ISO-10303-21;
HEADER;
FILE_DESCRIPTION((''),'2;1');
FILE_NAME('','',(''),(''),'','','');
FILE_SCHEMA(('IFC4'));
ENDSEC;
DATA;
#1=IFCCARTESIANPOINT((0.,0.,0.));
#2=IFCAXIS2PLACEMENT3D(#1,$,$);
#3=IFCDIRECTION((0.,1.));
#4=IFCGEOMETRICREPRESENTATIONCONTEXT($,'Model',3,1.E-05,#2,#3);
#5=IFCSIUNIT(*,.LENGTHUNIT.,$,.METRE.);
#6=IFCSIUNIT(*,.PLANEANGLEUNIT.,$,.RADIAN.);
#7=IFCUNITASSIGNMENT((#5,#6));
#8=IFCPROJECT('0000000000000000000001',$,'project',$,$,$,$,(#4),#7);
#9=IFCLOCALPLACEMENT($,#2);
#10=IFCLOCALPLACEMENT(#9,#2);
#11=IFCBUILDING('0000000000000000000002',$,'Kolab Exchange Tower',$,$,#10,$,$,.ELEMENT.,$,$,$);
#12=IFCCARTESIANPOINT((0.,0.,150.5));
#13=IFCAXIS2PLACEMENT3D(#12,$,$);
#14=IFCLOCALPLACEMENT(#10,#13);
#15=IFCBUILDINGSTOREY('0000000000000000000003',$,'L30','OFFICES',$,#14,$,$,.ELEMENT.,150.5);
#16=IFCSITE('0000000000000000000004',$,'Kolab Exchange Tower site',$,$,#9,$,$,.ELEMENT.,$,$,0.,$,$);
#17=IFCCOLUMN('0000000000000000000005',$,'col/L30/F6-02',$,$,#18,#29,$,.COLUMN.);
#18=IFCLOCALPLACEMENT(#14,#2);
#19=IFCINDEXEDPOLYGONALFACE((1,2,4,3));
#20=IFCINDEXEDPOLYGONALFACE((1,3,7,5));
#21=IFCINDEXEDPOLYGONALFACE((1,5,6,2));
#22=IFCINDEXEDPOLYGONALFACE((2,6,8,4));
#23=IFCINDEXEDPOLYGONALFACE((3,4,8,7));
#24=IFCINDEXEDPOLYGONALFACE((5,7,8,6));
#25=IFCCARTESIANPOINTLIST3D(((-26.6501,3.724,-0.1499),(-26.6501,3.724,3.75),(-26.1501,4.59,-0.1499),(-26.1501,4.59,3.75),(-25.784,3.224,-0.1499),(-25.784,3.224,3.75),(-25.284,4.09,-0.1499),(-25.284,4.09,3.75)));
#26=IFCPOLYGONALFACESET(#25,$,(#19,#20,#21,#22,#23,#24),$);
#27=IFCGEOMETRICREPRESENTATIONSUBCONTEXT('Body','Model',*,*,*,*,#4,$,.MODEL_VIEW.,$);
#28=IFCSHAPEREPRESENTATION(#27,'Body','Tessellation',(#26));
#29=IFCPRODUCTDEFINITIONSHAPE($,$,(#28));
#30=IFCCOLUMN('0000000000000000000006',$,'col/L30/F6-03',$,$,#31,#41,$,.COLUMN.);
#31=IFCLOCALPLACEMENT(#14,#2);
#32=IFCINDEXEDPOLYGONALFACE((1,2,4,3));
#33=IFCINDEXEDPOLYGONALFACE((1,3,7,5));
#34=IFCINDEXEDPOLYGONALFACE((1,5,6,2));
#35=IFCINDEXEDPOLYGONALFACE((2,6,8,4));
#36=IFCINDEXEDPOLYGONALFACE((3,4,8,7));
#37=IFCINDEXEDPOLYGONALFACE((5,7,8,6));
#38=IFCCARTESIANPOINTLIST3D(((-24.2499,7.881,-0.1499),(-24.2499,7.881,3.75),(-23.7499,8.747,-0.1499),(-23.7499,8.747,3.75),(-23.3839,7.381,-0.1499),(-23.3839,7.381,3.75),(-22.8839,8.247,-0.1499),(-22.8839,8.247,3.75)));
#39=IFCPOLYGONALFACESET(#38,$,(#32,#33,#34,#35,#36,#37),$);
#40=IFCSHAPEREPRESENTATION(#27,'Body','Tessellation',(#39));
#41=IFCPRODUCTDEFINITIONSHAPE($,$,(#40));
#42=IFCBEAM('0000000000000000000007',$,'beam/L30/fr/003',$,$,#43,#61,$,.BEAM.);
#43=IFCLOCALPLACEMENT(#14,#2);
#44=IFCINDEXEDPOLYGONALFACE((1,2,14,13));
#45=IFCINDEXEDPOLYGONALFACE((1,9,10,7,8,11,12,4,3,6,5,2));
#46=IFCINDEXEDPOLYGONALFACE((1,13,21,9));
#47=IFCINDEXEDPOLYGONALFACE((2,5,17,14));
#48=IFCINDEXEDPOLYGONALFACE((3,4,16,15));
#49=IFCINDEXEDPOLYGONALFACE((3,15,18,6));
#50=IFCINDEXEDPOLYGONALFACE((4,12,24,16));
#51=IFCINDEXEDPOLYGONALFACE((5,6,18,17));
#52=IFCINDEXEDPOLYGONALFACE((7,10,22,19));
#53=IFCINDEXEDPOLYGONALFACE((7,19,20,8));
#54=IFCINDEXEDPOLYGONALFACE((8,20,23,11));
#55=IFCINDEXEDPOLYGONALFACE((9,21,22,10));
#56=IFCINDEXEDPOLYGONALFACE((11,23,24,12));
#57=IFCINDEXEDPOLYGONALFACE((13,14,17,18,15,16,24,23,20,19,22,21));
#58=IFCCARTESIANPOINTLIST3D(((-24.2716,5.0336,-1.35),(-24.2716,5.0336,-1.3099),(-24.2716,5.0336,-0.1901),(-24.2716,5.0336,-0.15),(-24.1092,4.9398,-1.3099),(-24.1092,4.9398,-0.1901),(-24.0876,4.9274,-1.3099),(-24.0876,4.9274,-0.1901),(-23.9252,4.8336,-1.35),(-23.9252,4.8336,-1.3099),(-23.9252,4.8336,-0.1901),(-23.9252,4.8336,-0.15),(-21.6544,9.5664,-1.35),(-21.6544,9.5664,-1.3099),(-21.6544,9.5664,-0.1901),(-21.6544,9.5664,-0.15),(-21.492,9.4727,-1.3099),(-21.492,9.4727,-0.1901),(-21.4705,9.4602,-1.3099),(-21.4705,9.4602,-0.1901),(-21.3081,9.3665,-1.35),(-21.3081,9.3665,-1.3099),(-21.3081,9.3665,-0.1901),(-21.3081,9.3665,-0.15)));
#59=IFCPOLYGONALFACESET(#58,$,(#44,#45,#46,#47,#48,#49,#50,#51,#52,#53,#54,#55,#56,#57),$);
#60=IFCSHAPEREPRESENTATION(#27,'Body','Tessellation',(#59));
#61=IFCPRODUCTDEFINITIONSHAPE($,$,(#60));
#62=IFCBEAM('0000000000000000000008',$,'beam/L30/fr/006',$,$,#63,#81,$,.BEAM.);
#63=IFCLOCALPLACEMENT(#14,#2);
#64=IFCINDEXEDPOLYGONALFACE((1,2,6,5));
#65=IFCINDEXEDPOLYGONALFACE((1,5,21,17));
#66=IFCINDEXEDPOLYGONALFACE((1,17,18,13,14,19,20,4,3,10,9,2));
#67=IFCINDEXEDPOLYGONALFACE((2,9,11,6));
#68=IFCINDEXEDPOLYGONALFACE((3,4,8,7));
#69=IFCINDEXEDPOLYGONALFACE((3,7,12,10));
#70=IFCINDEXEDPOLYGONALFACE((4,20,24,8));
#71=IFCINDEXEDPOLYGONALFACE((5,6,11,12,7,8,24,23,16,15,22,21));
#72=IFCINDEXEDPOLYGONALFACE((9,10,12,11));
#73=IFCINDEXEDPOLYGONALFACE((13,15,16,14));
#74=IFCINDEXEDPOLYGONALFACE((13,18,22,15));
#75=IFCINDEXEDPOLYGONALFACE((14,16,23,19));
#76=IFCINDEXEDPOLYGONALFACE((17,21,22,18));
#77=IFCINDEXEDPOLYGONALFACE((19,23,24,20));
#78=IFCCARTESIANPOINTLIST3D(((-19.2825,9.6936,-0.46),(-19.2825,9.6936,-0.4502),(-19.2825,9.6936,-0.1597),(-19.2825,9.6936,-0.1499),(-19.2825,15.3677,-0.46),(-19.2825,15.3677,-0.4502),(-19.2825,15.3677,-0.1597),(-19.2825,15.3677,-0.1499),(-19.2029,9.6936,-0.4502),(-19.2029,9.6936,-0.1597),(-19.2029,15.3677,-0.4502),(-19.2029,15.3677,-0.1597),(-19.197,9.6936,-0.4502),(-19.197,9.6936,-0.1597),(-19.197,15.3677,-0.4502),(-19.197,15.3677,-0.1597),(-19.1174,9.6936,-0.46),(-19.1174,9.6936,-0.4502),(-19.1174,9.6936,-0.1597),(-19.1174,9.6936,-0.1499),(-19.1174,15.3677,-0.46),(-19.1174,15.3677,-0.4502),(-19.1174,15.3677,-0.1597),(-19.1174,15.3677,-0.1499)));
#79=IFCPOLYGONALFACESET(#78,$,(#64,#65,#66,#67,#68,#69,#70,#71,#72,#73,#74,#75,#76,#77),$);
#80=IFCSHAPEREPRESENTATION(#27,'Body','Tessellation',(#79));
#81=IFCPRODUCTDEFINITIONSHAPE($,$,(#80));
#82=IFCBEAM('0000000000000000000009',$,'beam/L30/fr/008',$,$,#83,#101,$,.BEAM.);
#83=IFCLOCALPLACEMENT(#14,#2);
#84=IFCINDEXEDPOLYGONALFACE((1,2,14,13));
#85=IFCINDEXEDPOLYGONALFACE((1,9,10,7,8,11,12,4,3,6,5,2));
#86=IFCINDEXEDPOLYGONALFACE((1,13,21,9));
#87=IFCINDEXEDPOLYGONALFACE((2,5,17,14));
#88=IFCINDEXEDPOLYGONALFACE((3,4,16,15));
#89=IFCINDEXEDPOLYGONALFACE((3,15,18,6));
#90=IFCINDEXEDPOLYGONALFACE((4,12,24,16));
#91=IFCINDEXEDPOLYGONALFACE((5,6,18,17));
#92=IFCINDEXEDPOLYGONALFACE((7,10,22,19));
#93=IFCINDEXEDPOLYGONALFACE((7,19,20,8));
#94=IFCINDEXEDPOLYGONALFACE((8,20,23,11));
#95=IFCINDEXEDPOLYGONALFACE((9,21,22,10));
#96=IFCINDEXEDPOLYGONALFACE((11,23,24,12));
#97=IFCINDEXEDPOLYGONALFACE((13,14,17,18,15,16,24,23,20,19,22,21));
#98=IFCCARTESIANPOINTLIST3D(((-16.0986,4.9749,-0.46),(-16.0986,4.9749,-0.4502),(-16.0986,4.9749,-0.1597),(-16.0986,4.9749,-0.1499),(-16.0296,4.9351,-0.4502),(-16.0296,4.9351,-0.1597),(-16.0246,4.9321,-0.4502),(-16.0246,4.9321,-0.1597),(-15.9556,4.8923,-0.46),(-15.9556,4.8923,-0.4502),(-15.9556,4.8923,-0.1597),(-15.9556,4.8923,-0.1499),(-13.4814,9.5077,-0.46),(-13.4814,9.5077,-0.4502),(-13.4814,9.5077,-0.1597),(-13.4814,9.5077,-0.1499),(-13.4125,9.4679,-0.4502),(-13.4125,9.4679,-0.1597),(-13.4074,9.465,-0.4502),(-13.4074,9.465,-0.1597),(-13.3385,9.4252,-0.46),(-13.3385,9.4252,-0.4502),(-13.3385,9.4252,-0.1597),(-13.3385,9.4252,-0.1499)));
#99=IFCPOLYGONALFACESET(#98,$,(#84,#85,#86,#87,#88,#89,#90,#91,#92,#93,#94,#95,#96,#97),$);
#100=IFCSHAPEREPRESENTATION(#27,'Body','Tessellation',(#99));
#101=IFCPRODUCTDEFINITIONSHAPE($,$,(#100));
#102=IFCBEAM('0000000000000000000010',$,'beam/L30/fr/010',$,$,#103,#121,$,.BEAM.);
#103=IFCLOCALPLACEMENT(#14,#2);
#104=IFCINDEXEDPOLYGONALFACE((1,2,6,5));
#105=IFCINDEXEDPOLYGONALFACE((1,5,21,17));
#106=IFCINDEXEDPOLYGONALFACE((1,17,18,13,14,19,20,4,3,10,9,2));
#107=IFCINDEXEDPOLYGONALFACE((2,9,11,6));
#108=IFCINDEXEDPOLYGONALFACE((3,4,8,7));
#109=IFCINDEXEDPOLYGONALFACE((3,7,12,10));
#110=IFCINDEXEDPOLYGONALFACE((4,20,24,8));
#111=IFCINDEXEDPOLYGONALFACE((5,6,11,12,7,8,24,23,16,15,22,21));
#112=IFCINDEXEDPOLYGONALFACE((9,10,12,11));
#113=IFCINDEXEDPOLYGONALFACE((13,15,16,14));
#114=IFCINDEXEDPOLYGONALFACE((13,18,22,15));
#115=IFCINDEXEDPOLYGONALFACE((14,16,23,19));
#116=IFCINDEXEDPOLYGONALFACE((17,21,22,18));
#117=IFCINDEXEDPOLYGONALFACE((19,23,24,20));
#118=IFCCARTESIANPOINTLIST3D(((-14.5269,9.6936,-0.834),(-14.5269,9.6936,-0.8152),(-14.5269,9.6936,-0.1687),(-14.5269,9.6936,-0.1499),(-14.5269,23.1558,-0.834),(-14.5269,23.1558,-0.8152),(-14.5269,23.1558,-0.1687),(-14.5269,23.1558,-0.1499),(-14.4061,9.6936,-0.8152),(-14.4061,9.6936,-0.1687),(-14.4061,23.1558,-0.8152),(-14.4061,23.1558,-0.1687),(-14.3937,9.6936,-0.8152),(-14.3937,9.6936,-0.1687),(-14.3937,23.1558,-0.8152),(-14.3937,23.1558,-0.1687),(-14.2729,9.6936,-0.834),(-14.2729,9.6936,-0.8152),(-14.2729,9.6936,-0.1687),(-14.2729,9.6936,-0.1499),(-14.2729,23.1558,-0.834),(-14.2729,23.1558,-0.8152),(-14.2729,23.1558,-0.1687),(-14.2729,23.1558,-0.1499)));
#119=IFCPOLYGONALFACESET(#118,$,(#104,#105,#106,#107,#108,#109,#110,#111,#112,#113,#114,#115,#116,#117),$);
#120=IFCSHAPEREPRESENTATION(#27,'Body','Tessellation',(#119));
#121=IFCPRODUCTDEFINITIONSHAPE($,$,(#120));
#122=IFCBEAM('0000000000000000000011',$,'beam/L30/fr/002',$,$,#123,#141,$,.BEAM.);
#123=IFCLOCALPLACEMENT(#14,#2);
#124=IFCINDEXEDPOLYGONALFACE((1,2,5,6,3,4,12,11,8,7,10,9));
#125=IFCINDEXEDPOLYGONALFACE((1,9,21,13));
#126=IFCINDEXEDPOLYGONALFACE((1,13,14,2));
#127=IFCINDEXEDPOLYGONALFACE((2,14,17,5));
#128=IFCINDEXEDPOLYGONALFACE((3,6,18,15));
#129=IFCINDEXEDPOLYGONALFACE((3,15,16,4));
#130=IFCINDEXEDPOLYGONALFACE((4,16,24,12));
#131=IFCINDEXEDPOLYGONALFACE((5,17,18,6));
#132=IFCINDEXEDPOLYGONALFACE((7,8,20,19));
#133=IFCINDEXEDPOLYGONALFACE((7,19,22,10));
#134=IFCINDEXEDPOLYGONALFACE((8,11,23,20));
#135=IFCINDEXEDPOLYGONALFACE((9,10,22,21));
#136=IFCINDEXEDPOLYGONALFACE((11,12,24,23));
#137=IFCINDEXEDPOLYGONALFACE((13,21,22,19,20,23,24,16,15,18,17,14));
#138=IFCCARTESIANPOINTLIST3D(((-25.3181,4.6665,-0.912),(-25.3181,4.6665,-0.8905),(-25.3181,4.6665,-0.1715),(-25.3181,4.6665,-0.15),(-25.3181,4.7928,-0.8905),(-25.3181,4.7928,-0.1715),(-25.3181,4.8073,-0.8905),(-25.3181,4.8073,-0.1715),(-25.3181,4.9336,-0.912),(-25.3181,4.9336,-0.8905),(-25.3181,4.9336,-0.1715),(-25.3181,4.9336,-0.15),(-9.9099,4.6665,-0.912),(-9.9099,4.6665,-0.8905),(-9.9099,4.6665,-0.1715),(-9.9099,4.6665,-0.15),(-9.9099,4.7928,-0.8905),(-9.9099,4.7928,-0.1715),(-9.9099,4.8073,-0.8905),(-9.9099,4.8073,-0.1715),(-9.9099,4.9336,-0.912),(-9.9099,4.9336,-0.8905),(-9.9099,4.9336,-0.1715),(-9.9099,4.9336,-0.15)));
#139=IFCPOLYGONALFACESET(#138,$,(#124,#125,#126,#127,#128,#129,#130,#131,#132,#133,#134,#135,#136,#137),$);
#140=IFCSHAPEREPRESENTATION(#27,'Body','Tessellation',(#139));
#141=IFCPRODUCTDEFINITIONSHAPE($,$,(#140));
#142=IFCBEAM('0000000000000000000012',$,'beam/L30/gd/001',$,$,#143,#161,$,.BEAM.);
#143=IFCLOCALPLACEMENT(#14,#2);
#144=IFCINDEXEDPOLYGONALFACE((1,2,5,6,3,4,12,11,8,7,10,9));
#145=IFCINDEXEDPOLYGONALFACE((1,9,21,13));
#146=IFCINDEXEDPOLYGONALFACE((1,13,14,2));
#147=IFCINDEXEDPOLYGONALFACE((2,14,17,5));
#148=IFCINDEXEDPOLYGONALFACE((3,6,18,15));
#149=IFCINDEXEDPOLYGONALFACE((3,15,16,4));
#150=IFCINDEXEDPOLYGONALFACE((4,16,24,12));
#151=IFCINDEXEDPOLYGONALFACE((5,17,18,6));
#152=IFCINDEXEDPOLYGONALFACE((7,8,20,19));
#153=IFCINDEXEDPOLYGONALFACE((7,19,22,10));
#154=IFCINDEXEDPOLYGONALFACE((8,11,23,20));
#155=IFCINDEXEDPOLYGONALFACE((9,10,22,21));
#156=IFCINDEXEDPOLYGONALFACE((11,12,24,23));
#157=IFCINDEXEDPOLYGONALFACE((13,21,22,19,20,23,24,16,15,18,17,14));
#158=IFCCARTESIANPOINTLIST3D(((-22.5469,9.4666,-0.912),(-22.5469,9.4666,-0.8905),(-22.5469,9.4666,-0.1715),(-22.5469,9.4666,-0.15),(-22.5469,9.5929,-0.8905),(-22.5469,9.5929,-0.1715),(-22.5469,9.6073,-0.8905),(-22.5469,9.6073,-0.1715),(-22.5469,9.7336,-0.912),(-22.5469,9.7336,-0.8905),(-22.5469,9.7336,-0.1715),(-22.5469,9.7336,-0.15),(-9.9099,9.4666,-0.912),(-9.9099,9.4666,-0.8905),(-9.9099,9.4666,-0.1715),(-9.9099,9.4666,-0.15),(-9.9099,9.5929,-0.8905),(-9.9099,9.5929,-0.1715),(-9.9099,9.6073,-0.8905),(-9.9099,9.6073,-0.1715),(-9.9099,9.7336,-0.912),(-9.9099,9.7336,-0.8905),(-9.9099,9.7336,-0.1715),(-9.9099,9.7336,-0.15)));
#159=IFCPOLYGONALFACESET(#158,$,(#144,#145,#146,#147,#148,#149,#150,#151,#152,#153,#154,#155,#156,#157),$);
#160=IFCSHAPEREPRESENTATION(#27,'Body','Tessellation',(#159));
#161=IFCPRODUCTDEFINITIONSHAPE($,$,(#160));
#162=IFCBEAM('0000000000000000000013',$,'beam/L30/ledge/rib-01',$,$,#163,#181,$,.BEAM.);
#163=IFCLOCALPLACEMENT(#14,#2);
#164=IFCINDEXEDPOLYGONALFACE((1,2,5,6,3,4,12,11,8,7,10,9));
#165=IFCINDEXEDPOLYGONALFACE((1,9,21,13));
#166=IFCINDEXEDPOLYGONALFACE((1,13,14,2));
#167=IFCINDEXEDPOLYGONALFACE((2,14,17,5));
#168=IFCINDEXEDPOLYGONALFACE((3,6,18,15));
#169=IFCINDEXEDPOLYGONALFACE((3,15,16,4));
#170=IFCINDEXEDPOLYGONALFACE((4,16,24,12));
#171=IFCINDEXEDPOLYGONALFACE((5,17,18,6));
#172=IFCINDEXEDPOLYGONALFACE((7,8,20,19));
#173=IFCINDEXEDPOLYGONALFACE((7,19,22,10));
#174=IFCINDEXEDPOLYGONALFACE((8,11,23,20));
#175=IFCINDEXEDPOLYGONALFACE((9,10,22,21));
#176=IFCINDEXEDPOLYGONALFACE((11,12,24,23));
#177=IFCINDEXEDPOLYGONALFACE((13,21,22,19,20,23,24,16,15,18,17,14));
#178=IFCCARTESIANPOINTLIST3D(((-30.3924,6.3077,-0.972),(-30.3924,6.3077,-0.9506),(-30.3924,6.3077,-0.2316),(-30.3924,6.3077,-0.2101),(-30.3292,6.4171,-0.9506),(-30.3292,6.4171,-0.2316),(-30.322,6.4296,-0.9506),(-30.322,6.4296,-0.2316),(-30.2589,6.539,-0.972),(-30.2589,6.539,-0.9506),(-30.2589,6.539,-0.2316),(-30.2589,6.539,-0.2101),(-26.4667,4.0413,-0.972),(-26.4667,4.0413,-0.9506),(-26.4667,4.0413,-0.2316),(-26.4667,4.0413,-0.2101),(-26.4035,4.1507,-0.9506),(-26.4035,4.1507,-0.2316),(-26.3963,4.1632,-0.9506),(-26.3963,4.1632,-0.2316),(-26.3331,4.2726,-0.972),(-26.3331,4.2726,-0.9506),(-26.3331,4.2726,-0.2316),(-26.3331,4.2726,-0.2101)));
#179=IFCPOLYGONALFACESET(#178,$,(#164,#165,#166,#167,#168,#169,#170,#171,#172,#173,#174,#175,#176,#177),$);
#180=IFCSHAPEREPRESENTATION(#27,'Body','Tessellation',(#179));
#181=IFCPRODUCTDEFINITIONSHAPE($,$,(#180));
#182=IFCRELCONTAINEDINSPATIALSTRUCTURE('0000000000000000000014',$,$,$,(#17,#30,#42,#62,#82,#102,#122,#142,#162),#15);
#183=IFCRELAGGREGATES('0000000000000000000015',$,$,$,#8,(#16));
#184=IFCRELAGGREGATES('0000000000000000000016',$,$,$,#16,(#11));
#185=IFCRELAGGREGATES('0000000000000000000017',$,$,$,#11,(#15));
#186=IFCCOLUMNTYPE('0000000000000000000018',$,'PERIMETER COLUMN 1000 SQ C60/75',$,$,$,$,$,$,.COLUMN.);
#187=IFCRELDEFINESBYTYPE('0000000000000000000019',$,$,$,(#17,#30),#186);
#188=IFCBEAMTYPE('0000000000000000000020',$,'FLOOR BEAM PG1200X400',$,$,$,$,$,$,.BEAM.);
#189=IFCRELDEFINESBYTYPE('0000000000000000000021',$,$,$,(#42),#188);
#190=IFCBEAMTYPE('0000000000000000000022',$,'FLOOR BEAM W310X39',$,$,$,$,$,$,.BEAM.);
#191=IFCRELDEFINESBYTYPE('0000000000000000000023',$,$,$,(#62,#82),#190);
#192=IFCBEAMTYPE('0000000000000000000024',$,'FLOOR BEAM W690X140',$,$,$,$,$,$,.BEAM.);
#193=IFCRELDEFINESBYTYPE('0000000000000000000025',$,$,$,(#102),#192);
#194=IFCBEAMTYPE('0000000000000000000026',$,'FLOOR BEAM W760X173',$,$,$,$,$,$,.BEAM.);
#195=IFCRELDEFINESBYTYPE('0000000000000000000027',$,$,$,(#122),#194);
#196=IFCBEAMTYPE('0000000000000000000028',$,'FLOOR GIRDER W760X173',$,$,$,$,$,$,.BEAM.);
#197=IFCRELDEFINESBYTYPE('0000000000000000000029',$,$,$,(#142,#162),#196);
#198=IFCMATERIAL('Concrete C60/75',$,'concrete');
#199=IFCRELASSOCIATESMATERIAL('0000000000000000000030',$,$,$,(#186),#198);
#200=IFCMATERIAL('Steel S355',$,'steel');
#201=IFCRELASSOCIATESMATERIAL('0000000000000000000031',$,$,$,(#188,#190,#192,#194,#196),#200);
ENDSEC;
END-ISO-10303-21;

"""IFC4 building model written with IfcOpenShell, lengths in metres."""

from ifc_helpers import new_model, si_unit, direction, frame, origin, origin_2d, place, context, subcontext, project, spatial, rectangle, i_section, extrude, material, material_profile, profile_set, type_object, element, save


model = new_model("IFC4")

# Units and contexts
model_context = context("Model", 3, precision=1e-05, world=origin(), true_north=direction((0.0, 1.0)))
body_context = subcontext(model_context, "Body", "Model", "MODEL_VIEW")
ifc_project = project(units=[si_unit("LENGTHUNIT", "METRE"), si_unit("PLANEANGLEUNIT", "RADIAN")], contexts=[model_context])

# Site, building, storey
site_placement = place(None, origin())
site = spatial("IfcSite", under=ifc_project, at=site_placement, Name="Kolab Exchange Tower site", CompositionType="ELEMENT", RefElevation=0.0)
building_placement = place(site_placement, origin())
building = spatial("IfcBuilding", under=site, at=building_placement, Name="Kolab Exchange Tower", CompositionType="ELEMENT")
storey_placement = place(building_placement, frame((0.0, 0.0, 150.5)))
storey = spatial("IfcBuildingStorey", under=building, at=storey_placement, Name="L30", Description="OFFICES", CompositionType="ELEMENT", Elevation=150.5)

# Columns
ifc_material_1 = material(Name="Concrete C60/75", Category="concrete")
ifc_material_profile_1 = material_profile(ifc_material_1, rectangle(XDim=1.0, YDim=1.0, at=origin_2d()), Name="RC1000")
ifc_profile_set_1 = profile_set([ifc_material_profile_1], Name="Concrete C60/75")
column_type = type_object("IfcColumnType", Name="PERIMETER COLUMN 1000 SQ C60/75", PredefinedType="COLUMN", material=ifc_profile_set_1)
for number, where, z_axis, x_axis, name in (
    (1, (-25.967, 3.907, -0.1499), (0.0, 0.0, 1.0), (0.5, 0.866025, 0.0), "col/L30/F6-02"),
    (2, (-23.5669, 8.064, -0.1499), (0.0, 0.0, 1.0), (0.5, 0.866025, 0.0), "col/L30/F6-03"),
):
    element("IfcColumn", number, at=place(storey_placement, frame(where, z_axis=z_axis, x_axis=x_axis)), inside=storey, type_object=column_type, Name=name, PredefinedType="COLUMN", context=body_context, shape_type="SweptSolid", body=[
        extrude(rectangle(XDim=1.0, YDim=1.0, at=origin_2d()), origin(), (0.0, 0.0, 1.0), 3.8999),
    ])

# Beams
ifc_material_2 = material(Name="Steel S355", Category="steel")
ifc_material_profile_2 = material_profile(ifc_material_2, i_section(OverallWidth=0.3999, OverallDepth=1.2, WebThickness=0.0249, FlangeThickness=0.04, at=origin_2d()), Name="PG1200X400")
ifc_profile_set_2 = profile_set([ifc_material_profile_2], Name="Steel S355")
beam_type_1 = type_object("IfcBeamType", Name="FLOOR BEAM PG1200X400", PredefinedType="BEAM", material=ifc_profile_set_2)
beam_1_placement = place(storey_placement, frame((-24.0984, 4.9336, -0.75), z_axis=(0.500012, 0.866019, 0.0), x_axis=(-0.866019, 0.500012, 0.0)))
element("IfcBeam", 3, at=beam_1_placement, inside=storey, type_object=beam_type_1, Name="beam/L30/fr/003", PredefinedType="BEAM", context=body_context, shape_type="SweptSolid", body=[
    extrude(i_section(OverallWidth=0.3999, OverallDepth=1.2, WebThickness=0.0249, FlangeThickness=0.04, at=origin_2d()), origin(), (0.0, 0.0, 1.0), 5.2341),
])
ifc_material_profile_3 = material_profile(ifc_material_2, i_section(OverallWidth=0.165, OverallDepth=0.3101, WebThickness=0.0059, FlangeThickness=0.0098, at=origin_2d()), Name="W310X39")
ifc_profile_set_3 = profile_set([ifc_material_profile_3], Name="Steel S355")
beam_type_2 = type_object("IfcBeamType", Name="FLOOR BEAM W310X39", PredefinedType="BEAM", material=ifc_profile_set_3)
beam_2_placement = place(storey_placement, frame((-19.2, 9.6936, -0.3049), z_axis=(0.0, 1.0, 0.0), x_axis=(-1.0, 0.0, 0.0)))
element("IfcBeam", 4, at=beam_2_placement, inside=storey, type_object=beam_type_2, Name="beam/L30/fr/006", PredefinedType="BEAM", context=body_context, shape_type="SweptSolid", body=[
    extrude(i_section(OverallWidth=0.165, OverallDepth=0.3101, WebThickness=0.0059, FlangeThickness=0.0098, at=origin_2d()), origin(), (0.0, 0.0, 1.0), 5.6741),
])
beam_3_placement = place(storey_placement, frame((-16.0271, 4.9336, -0.3049), z_axis=(0.500012, 0.866019, 0.0), x_axis=(-0.866019, 0.500012, 0.0)))
element("IfcBeam", 5, at=beam_3_placement, inside=storey, type_object=beam_type_2, Name="beam/L30/fr/008", PredefinedType="BEAM", context=body_context, shape_type="SweptSolid", body=[
    extrude(i_section(OverallWidth=0.165, OverallDepth=0.3101, WebThickness=0.0059, FlangeThickness=0.0098, at=origin_2d()), origin(), (0.0, 0.0, 1.0), 5.2341),
])
ifc_material_profile_4 = material_profile(ifc_material_2, i_section(OverallWidth=0.2539, OverallDepth=0.6841, WebThickness=0.0125, FlangeThickness=0.0188, at=origin_2d()), Name="W690X140")
ifc_profile_set_4 = profile_set([ifc_material_profile_4], Name="Steel S355")
beam_type_3 = type_object("IfcBeamType", Name="FLOOR BEAM W690X140", PredefinedType="BEAM", material=ifc_profile_set_4)
beam_4_placement = place(storey_placement, frame((-14.3999, 9.6936, -0.4919), z_axis=(0.0, 1.0, 0.0), x_axis=(-1.0, 0.0, 0.0)))
element("IfcBeam", 6, at=beam_4_placement, inside=storey, type_object=beam_type_3, Name="beam/L30/fr/010", PredefinedType="BEAM", context=body_context, shape_type="SweptSolid", body=[
    extrude(i_section(OverallWidth=0.2539, OverallDepth=0.6841, WebThickness=0.0125, FlangeThickness=0.0188, at=origin_2d()), origin(), (0.0, 0.0, 1.0), 13.4622),
])
ifc_material_profile_5 = material_profile(ifc_material_2, i_section(OverallWidth=0.2671, OverallDepth=0.762, WebThickness=0.0144, FlangeThickness=0.0215, at=origin_2d()), Name="W760X173")
ifc_profile_set_5 = profile_set([ifc_material_profile_5], Name="Steel S355")
beam_type_4 = type_object("IfcBeamType", Name="FLOOR BEAM W760X173", PredefinedType="BEAM", material=ifc_profile_set_5)
beam_5_placement = place(storey_placement, frame((-25.3181, 4.8, -0.531), z_axis=(1.0, 0.0, 0.0), x_axis=(0.0, 1.0, 0.0)))
element("IfcBeam", 7, at=beam_5_placement, inside=storey, type_object=beam_type_4, Name="beam/L30/fr/002", PredefinedType="BEAM", context=body_context, shape_type="SweptSolid", body=[
    extrude(i_section(OverallWidth=0.2671, OverallDepth=0.762, WebThickness=0.0144, FlangeThickness=0.0215, at=origin_2d()), origin(), (0.0, 0.0, 1.0), 15.4082),
])
ifc_material_profile_6 = material_profile(ifc_material_2, i_section(OverallWidth=0.2671, OverallDepth=0.762, WebThickness=0.0144, FlangeThickness=0.0215, at=origin_2d()), Name="W760X173")
ifc_profile_set_6 = profile_set([ifc_material_profile_6], Name="Steel S355")
beam_type_5 = type_object("IfcBeamType", Name="FLOOR GIRDER W760X173", PredefinedType="BEAM", material=ifc_profile_set_6)
beam_6_placement = place(storey_placement, frame((-22.5469, 9.6001, -0.531), z_axis=(1.0, 0.0, 0.0), x_axis=(0.0, 1.0, 0.0)))
element("IfcBeam", 8, at=beam_6_placement, inside=storey, type_object=beam_type_5, Name="beam/L30/gd/001", PredefinedType="BEAM", context=body_context, shape_type="SweptSolid", body=[
    extrude(i_section(OverallWidth=0.2671, OverallDepth=0.762, WebThickness=0.0144, FlangeThickness=0.0215, at=origin_2d()), origin(), (0.0, 0.0, 1.0), 12.637),
])
beam_7_placement = place(storey_placement, frame((-26.3999, 4.157, -0.5911), z_axis=(-0.866044, 0.499968, 0.0), x_axis=(-0.499968, -0.866044, 0.0)))
element("IfcBeam", 9, at=beam_7_placement, inside=storey, type_object=beam_type_5, Name="beam/L30/ledge/rib-01", PredefinedType="BEAM", context=body_context, shape_type="SweptSolid", body=[
    extrude(i_section(OverallWidth=0.2671, OverallDepth=0.762, WebThickness=0.0144, FlangeThickness=0.0215, at=origin_2d()), origin(), (0.0, 0.0, 1.0), 4.533),
])

save(model, "model.ifc")
